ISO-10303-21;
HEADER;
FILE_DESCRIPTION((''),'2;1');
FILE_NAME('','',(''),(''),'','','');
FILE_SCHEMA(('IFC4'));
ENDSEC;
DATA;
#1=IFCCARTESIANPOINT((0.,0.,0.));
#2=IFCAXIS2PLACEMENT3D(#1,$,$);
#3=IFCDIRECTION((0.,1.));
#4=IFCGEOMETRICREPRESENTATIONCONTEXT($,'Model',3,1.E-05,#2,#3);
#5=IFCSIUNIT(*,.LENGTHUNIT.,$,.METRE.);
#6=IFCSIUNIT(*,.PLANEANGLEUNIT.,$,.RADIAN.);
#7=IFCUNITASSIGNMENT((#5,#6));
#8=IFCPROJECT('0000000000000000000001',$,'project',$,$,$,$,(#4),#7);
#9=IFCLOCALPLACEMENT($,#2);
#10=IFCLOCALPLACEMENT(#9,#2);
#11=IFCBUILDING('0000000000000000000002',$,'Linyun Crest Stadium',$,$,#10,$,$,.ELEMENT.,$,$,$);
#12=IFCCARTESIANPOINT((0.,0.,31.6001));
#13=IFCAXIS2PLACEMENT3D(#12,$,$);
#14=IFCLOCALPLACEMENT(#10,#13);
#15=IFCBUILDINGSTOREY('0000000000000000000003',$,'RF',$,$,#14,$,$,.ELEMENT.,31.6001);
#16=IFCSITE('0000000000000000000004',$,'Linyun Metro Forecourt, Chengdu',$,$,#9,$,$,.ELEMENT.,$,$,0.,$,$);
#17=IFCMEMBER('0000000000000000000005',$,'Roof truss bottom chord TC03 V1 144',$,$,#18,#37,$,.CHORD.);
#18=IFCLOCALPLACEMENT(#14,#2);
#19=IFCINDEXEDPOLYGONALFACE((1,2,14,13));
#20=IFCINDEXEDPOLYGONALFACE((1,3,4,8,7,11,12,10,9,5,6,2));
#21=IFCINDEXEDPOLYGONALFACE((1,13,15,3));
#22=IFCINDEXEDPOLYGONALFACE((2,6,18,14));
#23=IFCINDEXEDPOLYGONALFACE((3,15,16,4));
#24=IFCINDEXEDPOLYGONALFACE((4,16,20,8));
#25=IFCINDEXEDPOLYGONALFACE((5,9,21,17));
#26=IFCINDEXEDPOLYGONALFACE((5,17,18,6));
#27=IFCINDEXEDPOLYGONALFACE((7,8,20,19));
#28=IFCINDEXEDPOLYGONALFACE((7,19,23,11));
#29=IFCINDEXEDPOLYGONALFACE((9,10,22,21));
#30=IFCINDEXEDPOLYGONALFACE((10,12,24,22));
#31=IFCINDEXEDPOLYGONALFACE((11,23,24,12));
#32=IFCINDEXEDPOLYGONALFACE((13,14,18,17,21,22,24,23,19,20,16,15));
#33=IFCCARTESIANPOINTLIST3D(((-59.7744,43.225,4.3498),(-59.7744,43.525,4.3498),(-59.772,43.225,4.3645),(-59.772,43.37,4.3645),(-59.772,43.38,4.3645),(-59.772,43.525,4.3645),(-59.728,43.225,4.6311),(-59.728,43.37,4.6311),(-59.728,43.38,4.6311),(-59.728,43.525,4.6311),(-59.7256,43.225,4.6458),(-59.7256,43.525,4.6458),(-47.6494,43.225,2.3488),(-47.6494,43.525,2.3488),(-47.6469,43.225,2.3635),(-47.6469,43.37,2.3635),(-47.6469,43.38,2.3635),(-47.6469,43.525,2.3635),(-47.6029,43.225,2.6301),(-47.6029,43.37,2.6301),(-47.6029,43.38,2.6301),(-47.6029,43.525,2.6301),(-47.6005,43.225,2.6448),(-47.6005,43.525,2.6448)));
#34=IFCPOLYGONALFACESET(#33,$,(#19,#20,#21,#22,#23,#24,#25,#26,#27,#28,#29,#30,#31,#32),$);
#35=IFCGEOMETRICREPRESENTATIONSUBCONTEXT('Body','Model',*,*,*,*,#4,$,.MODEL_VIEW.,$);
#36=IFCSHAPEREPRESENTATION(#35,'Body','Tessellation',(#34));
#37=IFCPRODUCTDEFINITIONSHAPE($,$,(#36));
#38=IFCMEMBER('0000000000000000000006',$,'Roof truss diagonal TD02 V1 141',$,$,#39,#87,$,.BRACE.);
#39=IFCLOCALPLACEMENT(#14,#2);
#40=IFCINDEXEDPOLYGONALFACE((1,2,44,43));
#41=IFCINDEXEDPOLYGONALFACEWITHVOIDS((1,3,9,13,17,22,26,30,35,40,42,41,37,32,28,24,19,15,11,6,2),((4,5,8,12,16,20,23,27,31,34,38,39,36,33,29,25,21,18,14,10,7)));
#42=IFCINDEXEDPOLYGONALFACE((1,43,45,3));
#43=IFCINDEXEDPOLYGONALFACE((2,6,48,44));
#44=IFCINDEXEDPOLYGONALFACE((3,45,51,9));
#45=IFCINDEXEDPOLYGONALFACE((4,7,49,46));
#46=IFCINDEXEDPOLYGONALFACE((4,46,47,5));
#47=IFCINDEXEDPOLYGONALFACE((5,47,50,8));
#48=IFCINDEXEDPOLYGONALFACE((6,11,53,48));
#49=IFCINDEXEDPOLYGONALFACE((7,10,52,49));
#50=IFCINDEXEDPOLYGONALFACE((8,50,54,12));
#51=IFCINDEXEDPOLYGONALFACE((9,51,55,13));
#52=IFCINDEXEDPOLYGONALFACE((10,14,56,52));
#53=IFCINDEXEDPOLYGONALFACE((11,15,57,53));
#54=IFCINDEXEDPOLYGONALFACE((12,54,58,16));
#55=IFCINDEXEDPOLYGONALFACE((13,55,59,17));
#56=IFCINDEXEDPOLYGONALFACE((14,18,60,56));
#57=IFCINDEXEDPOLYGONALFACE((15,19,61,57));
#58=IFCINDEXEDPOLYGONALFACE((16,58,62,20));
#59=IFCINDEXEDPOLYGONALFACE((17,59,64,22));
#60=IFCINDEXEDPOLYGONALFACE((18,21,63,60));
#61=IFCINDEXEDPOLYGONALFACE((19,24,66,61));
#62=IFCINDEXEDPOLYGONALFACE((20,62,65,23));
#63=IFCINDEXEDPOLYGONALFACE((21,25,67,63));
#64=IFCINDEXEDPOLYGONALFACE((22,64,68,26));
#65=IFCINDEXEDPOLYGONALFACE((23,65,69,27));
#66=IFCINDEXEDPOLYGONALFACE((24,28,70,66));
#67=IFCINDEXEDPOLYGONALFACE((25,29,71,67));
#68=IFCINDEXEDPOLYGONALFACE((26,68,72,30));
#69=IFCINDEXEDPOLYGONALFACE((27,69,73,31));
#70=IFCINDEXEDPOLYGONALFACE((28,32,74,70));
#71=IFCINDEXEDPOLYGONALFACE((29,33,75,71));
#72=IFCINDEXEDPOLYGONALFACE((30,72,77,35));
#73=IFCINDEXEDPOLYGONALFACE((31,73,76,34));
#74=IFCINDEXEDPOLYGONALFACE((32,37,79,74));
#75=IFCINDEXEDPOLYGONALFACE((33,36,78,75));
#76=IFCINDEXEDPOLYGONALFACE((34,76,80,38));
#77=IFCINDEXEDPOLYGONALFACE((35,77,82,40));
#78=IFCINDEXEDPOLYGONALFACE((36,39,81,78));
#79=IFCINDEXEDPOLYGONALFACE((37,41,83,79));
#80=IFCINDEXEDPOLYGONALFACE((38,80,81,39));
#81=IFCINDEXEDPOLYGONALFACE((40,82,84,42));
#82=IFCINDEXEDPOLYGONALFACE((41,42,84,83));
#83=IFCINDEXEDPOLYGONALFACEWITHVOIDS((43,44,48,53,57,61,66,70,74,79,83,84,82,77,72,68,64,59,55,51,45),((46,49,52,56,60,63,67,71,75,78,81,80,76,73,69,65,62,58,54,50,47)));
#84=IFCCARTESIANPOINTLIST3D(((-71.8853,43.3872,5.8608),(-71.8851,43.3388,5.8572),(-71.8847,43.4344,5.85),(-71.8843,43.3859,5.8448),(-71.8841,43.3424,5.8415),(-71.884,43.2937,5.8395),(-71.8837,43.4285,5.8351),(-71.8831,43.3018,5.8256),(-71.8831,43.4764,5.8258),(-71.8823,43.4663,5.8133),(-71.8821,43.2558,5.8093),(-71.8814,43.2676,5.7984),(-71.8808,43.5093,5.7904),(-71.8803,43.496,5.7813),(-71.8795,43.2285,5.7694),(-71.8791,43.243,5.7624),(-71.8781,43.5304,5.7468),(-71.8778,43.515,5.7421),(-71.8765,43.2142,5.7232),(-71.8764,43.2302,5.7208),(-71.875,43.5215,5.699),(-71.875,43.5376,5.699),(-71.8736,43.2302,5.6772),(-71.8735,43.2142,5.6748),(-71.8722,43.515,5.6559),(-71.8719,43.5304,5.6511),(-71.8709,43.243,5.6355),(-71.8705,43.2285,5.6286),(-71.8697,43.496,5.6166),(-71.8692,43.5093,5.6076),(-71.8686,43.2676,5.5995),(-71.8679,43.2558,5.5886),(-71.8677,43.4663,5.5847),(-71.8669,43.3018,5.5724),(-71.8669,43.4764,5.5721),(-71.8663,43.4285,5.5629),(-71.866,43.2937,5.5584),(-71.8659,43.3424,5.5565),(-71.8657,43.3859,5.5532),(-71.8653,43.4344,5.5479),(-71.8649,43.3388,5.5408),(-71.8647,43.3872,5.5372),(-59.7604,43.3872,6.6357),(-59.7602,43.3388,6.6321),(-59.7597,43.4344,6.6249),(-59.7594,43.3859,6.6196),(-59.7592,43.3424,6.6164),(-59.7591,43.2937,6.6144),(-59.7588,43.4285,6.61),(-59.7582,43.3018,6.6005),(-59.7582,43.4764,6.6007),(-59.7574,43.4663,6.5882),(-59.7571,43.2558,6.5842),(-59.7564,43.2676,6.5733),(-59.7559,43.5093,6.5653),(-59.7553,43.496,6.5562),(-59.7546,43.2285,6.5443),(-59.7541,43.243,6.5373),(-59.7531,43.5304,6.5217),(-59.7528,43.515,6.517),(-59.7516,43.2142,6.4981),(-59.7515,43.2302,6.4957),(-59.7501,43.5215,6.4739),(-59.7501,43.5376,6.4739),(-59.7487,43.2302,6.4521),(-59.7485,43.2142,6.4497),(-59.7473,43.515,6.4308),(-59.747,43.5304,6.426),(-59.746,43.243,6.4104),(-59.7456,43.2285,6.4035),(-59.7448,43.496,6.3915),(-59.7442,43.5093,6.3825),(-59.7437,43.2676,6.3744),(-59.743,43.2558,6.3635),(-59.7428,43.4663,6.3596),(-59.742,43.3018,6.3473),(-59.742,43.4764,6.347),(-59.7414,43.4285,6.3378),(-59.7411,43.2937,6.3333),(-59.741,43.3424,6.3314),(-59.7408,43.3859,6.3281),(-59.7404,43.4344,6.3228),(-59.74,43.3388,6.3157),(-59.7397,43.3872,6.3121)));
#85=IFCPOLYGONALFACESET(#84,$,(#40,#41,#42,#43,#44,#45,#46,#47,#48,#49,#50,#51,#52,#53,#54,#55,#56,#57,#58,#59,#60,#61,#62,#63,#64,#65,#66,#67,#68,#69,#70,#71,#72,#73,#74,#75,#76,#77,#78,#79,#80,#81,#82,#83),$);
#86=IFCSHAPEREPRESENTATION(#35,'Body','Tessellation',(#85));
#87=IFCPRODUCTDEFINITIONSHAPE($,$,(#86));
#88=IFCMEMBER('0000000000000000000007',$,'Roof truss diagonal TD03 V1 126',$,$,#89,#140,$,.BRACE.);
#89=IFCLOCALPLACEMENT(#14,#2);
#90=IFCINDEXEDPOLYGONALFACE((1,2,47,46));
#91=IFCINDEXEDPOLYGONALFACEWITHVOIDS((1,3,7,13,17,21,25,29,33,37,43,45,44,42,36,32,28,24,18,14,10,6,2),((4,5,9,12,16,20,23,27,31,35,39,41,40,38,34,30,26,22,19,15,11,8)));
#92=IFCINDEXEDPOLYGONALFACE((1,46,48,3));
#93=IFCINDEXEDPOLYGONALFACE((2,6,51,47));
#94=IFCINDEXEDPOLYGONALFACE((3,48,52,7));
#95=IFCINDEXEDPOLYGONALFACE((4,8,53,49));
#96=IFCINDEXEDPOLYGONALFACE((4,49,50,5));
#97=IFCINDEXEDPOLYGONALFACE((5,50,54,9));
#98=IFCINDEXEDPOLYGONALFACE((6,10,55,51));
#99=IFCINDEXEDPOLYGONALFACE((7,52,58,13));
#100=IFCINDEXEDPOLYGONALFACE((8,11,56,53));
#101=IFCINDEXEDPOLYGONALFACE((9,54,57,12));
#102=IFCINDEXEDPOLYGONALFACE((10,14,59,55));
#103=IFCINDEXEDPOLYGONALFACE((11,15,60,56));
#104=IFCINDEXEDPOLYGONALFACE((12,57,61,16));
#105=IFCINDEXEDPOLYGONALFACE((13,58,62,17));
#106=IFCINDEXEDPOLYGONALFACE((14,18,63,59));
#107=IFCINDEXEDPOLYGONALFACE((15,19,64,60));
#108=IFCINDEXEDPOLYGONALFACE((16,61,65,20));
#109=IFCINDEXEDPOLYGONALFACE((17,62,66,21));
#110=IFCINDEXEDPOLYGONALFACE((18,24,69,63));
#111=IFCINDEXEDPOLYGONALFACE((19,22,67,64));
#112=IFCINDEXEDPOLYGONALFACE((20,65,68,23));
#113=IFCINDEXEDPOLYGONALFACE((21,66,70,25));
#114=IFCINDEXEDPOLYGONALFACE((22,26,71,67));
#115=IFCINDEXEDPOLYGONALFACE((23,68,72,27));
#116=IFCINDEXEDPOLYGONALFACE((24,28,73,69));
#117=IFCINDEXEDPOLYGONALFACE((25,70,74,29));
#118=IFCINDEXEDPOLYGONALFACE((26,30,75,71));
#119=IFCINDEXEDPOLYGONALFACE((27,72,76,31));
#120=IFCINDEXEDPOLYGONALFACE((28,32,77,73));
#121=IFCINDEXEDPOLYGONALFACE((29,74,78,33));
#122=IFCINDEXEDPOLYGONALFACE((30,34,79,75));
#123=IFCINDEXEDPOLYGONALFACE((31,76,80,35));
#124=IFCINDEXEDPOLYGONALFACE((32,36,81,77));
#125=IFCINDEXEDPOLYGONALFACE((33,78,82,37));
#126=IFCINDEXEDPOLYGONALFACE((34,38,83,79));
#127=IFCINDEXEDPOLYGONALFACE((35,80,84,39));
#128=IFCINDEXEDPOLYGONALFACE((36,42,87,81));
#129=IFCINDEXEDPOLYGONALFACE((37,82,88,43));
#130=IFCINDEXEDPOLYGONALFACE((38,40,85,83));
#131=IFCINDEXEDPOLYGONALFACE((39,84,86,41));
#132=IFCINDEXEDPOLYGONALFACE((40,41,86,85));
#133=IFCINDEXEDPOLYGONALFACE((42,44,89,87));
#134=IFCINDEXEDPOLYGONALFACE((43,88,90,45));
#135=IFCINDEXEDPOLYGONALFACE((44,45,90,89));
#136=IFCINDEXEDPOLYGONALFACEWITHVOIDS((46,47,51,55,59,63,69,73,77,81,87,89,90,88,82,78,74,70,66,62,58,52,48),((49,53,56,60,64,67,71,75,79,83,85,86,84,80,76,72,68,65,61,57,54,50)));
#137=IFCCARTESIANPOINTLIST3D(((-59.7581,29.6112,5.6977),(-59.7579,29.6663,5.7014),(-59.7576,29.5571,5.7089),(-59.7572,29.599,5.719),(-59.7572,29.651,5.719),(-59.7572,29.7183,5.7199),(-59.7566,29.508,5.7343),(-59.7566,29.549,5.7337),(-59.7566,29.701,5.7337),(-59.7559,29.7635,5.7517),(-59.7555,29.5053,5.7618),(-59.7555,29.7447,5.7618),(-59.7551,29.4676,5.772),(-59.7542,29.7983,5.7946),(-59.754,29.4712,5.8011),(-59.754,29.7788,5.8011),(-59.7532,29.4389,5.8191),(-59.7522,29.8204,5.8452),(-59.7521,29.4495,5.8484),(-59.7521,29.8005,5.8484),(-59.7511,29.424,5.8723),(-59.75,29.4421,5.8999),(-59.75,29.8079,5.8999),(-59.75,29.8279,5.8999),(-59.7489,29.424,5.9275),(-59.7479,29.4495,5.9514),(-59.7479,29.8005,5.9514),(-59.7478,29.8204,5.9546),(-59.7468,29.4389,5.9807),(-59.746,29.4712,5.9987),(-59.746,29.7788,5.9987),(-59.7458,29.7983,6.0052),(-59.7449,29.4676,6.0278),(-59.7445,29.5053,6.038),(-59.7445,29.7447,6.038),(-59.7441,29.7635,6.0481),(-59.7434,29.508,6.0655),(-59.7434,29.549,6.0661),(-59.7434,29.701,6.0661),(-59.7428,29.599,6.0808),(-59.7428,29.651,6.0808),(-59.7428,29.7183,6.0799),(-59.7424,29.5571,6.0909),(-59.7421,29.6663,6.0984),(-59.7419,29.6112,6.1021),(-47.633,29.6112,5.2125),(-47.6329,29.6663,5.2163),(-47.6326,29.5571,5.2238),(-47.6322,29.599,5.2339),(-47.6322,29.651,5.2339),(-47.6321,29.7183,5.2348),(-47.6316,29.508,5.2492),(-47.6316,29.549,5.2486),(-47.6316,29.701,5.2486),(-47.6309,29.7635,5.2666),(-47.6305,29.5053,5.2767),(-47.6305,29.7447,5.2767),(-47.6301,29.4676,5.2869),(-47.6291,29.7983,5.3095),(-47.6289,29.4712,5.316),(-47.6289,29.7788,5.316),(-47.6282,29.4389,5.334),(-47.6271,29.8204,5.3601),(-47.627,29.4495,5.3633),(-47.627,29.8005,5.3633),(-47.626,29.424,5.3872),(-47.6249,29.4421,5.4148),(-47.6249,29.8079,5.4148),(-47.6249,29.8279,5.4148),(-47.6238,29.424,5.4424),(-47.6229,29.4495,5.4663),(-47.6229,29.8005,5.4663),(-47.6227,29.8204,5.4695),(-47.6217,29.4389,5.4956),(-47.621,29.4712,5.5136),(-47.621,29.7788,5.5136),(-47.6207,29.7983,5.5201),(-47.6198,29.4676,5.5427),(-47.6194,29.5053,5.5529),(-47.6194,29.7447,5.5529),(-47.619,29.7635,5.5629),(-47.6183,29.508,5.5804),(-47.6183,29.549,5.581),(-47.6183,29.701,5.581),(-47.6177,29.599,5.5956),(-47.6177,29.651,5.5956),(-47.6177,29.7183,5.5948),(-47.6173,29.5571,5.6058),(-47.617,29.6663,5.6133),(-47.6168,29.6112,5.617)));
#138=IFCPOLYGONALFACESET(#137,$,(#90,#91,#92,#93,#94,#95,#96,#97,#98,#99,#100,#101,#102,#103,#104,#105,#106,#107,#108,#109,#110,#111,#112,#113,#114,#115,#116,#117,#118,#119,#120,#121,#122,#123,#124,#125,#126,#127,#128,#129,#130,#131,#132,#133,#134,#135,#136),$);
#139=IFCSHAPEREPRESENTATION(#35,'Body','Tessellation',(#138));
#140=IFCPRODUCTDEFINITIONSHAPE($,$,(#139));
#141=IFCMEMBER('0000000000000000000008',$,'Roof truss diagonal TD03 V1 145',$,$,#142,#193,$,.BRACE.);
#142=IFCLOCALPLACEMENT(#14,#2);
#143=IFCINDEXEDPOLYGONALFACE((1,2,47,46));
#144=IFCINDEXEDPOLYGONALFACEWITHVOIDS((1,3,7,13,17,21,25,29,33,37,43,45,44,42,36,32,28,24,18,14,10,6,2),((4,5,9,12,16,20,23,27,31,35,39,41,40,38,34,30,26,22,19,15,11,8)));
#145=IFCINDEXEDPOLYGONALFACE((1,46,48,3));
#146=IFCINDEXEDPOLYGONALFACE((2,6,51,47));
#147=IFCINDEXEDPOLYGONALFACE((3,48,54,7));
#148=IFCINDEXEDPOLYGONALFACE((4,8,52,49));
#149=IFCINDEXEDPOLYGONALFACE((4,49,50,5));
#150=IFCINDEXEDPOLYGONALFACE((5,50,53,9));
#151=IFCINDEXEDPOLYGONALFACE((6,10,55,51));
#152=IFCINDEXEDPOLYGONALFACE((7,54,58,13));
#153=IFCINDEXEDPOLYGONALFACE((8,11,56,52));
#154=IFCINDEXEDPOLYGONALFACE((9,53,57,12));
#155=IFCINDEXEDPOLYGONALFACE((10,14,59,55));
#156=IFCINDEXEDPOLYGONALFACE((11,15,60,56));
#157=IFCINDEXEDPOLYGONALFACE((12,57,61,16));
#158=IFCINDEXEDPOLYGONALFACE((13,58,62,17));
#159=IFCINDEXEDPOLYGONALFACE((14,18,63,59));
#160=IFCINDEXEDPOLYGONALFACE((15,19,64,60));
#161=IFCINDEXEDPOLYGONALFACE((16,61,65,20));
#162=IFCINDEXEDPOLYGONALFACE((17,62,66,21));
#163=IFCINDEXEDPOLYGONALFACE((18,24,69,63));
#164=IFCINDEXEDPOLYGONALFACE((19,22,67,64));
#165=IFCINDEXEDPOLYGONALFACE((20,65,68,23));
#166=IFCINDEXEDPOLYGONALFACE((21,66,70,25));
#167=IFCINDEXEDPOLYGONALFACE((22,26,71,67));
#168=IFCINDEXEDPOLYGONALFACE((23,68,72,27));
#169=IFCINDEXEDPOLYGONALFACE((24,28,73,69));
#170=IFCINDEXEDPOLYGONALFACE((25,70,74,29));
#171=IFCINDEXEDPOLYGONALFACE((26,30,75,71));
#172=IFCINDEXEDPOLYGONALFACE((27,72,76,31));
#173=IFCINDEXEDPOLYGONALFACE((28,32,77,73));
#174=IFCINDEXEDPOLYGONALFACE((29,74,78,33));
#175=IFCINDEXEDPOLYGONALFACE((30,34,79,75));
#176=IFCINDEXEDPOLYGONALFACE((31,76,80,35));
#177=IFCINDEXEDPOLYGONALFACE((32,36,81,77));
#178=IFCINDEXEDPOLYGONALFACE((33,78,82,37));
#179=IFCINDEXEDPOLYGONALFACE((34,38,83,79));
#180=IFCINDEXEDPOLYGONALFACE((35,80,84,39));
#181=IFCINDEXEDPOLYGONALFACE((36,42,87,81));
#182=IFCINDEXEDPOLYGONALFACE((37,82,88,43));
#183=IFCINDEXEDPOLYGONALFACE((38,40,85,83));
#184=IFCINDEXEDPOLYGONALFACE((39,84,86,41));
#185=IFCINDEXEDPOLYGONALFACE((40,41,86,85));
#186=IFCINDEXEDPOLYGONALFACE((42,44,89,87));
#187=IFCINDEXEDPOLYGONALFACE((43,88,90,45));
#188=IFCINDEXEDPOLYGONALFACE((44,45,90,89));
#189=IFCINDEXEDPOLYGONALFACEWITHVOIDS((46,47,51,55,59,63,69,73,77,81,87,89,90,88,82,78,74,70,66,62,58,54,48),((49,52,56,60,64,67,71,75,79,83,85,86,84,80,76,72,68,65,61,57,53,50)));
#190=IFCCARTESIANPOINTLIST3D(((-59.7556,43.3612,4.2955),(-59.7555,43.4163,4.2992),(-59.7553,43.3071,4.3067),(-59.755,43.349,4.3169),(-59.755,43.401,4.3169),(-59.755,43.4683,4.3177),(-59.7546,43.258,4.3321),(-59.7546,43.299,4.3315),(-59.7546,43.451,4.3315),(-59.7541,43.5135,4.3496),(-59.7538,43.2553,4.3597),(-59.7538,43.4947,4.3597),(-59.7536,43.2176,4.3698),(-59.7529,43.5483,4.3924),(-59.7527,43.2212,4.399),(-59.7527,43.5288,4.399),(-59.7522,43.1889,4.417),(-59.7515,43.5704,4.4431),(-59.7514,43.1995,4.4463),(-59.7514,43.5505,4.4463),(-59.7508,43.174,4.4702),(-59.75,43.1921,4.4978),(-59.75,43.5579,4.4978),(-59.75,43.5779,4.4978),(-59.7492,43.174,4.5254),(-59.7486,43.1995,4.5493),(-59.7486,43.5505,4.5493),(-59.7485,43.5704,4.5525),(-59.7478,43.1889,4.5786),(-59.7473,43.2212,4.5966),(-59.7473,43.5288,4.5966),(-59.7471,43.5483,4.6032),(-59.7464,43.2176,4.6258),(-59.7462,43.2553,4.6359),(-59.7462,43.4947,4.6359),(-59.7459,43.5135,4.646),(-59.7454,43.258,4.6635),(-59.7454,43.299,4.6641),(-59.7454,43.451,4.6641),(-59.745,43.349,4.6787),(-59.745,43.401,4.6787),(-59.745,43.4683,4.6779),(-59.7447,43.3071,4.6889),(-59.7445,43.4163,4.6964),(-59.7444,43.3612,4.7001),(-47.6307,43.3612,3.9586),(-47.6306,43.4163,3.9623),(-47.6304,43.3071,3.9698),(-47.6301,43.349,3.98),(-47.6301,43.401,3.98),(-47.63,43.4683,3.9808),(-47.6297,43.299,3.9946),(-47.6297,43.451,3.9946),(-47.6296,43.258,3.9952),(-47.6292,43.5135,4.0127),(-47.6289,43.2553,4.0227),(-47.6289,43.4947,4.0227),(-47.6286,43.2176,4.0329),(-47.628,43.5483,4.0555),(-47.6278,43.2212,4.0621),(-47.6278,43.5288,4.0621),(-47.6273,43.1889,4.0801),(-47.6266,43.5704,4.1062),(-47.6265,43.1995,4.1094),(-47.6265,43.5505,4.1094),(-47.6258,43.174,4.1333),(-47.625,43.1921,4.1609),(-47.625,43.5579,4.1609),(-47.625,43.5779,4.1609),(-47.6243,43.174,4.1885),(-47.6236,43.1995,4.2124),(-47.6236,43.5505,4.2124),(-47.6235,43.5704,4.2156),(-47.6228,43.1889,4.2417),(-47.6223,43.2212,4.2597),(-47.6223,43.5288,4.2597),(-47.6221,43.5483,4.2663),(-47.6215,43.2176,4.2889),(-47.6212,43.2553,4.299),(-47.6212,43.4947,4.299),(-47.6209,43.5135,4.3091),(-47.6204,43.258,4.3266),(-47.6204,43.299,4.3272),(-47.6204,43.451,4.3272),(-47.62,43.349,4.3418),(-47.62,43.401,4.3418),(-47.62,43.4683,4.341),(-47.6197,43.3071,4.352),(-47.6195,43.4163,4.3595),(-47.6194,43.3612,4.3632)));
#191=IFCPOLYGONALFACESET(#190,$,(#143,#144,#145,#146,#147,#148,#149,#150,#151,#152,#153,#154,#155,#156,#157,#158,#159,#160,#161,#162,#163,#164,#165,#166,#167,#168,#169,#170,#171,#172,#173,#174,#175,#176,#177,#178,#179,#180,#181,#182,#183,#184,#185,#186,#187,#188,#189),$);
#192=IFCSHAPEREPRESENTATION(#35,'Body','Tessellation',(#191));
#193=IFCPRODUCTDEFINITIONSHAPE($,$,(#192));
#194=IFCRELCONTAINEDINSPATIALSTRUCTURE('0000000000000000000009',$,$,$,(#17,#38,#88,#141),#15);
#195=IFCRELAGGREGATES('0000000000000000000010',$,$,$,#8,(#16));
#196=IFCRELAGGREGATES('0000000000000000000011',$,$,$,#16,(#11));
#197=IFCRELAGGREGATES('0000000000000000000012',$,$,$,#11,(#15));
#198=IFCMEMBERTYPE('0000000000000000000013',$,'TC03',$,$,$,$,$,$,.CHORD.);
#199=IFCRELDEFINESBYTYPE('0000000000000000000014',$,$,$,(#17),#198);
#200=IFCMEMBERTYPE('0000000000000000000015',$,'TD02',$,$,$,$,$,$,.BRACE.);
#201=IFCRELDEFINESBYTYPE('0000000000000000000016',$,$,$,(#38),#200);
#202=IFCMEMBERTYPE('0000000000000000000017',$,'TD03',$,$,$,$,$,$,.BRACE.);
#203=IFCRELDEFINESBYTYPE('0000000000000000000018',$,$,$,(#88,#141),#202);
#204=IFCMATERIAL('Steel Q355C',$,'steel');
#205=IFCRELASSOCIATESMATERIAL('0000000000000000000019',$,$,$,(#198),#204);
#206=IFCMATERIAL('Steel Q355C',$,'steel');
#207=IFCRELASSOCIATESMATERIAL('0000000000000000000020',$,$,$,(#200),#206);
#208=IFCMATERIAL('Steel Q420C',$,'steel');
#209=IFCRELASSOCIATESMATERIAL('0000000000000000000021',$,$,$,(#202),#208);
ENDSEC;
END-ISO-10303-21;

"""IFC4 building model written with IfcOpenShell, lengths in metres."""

from ifc_helpers import new_model, si_unit, direction, frame, origin, origin_2d, place, context, subcontext, project, spatial, hollow_circle, i_section, extrude, material, material_profile, profile_set, type_object, element, save


model = new_model("IFC4")

# Units and contexts
model_context = context("Model", 3, precision=1e-05, world=origin(), true_north=direction((0.0, 1.0)))
body_context = subcontext(model_context, "Body", "Model", "MODEL_VIEW")
ifc_project = project(units=[si_unit("LENGTHUNIT", "METRE"), si_unit("PLANEANGLEUNIT", "RADIAN")], contexts=[model_context])

# Site, building, storey
site_placement = place(None, origin())
site = spatial("IfcSite", under=ifc_project, at=site_placement, Name="Linyun Metro Forecourt, Chengdu", CompositionType="ELEMENT", RefElevation=0.0)
building_placement = place(site_placement, origin())
building = spatial("IfcBuilding", under=site, at=building_placement, Name="Linyun Crest Stadium", CompositionType="ELEMENT")
storey_placement = place(building_placement, frame((0.0, 0.0, 31.6001)))
storey = spatial("IfcBuildingStorey", under=building, at=storey_placement, Name="RF", CompositionType="ELEMENT", Elevation=31.6001)

# Members
ifc_material_1 = material(Name="Steel Q355C", Category="steel")
ifc_material_profile_1 = material_profile(ifc_material_1, i_section(OverallWidth=0.3, OverallDepth=0.3, WebThickness=0.01, FlangeThickness=0.0149, at=origin_2d()), Name="HW 300x300")
ifc_profile_set_1 = profile_set([ifc_material_profile_1], Name="Steel Q355C")
member_type_1 = type_object("IfcMemberType", Name="TC03", PredefinedType="CHORD", material=ifc_profile_set_1)
member_1_placement = place(storey_placement, frame((-59.75, 43.375, 4.4978), z_axis=(0.986655, 0.0, -0.162827), x_axis=(0.0, 1.0, 0.0)))
element("IfcMember", 1, at=member_1_placement, inside=storey, type_object=member_type_1, Name="Roof truss bottom chord TC03 V1 144", PredefinedType="CHORD", context=body_context, shape_type="SweptSolid", body=[
    extrude(i_section(OverallWidth=0.3, OverallDepth=0.3, WebThickness=0.01, FlangeThickness=0.0149, at=origin_2d()), origin(), (0.0, 0.0, 1.0), 12.2891),
])
ifc_material_2 = material(Name="Steel Q355C", Category="steel")
ifc_material_profile_2 = material_profile(ifc_material_2, hollow_circle(Radius=0.1626, WallThickness=0.0161, at=origin_2d()), Name="CHS 325x16")
ifc_profile_set_2 = profile_set([ifc_material_profile_2], Name="Steel Q355C")
member_type_2 = type_object("IfcMemberType", Name="TD02", PredefinedType="BRACE", material=ifc_profile_set_2)
member_2_placement = place(storey_placement, frame((-71.875, 43.375, 5.699), z_axis=(0.997964, 0.0, 0.063779), x_axis=(0.0, 1.0, 0.0)))
element("IfcMember", 2, at=member_2_placement, inside=storey, type_object=member_type_2, Name="Roof truss diagonal TD02 V1 141", PredefinedType="BRACE", context=body_context, shape_type="SweptSolid", body=[
    extrude(hollow_circle(Radius=0.1626, WallThickness=0.0161, at=origin_2d()), origin(), (0.0, 0.0, 1.0), 12.1497),
])
ifc_material_3 = material(Name="Steel Q420C", Category="steel")
ifc_material_profile_3 = material_profile(ifc_material_3, hollow_circle(Radius=0.2029, WallThickness=0.02, at=origin_2d()), Name="CHS 406x20")
ifc_profile_set_3 = profile_set([ifc_material_profile_3], Name="Steel Q420C")
member_type_3 = type_object("IfcMemberType", Name="TD03", PredefinedType="BRACE", material=ifc_profile_set_3)
member_3_placement = place(storey_placement, frame((-59.75, 29.625, 5.8999), z_axis=(0.999201, 0.0, -0.039977), x_axis=(0.0, 1.0, 0.0)))
element("IfcMember", 3, at=member_3_placement, inside=storey, type_object=member_type_3, Name="Roof truss diagonal TD03 V1 126", PredefinedType="BRACE", context=body_context, shape_type="SweptSolid", body=[
    extrude(hollow_circle(Radius=0.2029, WallThickness=0.02, at=origin_2d()), origin(), (0.0, 0.0, 1.0), 12.1348),
])
member_4_placement = place(storey_placement, frame((-59.75, 43.375, 4.4978), z_axis=(0.999614, 0.0, -0.027776), x_axis=(0.0, 1.0, 0.0)))
element("IfcMember", 4, at=member_4_placement, inside=storey, type_object=member_type_3, Name="Roof truss diagonal TD03 V1 145", PredefinedType="BRACE", context=body_context, shape_type="SweptSolid", body=[
    extrude(hollow_circle(Radius=0.2029, WallThickness=0.02, at=origin_2d()), origin(), (0.0, 0.0, 1.0), 12.1296),
])

save(model, "model.ifc")
